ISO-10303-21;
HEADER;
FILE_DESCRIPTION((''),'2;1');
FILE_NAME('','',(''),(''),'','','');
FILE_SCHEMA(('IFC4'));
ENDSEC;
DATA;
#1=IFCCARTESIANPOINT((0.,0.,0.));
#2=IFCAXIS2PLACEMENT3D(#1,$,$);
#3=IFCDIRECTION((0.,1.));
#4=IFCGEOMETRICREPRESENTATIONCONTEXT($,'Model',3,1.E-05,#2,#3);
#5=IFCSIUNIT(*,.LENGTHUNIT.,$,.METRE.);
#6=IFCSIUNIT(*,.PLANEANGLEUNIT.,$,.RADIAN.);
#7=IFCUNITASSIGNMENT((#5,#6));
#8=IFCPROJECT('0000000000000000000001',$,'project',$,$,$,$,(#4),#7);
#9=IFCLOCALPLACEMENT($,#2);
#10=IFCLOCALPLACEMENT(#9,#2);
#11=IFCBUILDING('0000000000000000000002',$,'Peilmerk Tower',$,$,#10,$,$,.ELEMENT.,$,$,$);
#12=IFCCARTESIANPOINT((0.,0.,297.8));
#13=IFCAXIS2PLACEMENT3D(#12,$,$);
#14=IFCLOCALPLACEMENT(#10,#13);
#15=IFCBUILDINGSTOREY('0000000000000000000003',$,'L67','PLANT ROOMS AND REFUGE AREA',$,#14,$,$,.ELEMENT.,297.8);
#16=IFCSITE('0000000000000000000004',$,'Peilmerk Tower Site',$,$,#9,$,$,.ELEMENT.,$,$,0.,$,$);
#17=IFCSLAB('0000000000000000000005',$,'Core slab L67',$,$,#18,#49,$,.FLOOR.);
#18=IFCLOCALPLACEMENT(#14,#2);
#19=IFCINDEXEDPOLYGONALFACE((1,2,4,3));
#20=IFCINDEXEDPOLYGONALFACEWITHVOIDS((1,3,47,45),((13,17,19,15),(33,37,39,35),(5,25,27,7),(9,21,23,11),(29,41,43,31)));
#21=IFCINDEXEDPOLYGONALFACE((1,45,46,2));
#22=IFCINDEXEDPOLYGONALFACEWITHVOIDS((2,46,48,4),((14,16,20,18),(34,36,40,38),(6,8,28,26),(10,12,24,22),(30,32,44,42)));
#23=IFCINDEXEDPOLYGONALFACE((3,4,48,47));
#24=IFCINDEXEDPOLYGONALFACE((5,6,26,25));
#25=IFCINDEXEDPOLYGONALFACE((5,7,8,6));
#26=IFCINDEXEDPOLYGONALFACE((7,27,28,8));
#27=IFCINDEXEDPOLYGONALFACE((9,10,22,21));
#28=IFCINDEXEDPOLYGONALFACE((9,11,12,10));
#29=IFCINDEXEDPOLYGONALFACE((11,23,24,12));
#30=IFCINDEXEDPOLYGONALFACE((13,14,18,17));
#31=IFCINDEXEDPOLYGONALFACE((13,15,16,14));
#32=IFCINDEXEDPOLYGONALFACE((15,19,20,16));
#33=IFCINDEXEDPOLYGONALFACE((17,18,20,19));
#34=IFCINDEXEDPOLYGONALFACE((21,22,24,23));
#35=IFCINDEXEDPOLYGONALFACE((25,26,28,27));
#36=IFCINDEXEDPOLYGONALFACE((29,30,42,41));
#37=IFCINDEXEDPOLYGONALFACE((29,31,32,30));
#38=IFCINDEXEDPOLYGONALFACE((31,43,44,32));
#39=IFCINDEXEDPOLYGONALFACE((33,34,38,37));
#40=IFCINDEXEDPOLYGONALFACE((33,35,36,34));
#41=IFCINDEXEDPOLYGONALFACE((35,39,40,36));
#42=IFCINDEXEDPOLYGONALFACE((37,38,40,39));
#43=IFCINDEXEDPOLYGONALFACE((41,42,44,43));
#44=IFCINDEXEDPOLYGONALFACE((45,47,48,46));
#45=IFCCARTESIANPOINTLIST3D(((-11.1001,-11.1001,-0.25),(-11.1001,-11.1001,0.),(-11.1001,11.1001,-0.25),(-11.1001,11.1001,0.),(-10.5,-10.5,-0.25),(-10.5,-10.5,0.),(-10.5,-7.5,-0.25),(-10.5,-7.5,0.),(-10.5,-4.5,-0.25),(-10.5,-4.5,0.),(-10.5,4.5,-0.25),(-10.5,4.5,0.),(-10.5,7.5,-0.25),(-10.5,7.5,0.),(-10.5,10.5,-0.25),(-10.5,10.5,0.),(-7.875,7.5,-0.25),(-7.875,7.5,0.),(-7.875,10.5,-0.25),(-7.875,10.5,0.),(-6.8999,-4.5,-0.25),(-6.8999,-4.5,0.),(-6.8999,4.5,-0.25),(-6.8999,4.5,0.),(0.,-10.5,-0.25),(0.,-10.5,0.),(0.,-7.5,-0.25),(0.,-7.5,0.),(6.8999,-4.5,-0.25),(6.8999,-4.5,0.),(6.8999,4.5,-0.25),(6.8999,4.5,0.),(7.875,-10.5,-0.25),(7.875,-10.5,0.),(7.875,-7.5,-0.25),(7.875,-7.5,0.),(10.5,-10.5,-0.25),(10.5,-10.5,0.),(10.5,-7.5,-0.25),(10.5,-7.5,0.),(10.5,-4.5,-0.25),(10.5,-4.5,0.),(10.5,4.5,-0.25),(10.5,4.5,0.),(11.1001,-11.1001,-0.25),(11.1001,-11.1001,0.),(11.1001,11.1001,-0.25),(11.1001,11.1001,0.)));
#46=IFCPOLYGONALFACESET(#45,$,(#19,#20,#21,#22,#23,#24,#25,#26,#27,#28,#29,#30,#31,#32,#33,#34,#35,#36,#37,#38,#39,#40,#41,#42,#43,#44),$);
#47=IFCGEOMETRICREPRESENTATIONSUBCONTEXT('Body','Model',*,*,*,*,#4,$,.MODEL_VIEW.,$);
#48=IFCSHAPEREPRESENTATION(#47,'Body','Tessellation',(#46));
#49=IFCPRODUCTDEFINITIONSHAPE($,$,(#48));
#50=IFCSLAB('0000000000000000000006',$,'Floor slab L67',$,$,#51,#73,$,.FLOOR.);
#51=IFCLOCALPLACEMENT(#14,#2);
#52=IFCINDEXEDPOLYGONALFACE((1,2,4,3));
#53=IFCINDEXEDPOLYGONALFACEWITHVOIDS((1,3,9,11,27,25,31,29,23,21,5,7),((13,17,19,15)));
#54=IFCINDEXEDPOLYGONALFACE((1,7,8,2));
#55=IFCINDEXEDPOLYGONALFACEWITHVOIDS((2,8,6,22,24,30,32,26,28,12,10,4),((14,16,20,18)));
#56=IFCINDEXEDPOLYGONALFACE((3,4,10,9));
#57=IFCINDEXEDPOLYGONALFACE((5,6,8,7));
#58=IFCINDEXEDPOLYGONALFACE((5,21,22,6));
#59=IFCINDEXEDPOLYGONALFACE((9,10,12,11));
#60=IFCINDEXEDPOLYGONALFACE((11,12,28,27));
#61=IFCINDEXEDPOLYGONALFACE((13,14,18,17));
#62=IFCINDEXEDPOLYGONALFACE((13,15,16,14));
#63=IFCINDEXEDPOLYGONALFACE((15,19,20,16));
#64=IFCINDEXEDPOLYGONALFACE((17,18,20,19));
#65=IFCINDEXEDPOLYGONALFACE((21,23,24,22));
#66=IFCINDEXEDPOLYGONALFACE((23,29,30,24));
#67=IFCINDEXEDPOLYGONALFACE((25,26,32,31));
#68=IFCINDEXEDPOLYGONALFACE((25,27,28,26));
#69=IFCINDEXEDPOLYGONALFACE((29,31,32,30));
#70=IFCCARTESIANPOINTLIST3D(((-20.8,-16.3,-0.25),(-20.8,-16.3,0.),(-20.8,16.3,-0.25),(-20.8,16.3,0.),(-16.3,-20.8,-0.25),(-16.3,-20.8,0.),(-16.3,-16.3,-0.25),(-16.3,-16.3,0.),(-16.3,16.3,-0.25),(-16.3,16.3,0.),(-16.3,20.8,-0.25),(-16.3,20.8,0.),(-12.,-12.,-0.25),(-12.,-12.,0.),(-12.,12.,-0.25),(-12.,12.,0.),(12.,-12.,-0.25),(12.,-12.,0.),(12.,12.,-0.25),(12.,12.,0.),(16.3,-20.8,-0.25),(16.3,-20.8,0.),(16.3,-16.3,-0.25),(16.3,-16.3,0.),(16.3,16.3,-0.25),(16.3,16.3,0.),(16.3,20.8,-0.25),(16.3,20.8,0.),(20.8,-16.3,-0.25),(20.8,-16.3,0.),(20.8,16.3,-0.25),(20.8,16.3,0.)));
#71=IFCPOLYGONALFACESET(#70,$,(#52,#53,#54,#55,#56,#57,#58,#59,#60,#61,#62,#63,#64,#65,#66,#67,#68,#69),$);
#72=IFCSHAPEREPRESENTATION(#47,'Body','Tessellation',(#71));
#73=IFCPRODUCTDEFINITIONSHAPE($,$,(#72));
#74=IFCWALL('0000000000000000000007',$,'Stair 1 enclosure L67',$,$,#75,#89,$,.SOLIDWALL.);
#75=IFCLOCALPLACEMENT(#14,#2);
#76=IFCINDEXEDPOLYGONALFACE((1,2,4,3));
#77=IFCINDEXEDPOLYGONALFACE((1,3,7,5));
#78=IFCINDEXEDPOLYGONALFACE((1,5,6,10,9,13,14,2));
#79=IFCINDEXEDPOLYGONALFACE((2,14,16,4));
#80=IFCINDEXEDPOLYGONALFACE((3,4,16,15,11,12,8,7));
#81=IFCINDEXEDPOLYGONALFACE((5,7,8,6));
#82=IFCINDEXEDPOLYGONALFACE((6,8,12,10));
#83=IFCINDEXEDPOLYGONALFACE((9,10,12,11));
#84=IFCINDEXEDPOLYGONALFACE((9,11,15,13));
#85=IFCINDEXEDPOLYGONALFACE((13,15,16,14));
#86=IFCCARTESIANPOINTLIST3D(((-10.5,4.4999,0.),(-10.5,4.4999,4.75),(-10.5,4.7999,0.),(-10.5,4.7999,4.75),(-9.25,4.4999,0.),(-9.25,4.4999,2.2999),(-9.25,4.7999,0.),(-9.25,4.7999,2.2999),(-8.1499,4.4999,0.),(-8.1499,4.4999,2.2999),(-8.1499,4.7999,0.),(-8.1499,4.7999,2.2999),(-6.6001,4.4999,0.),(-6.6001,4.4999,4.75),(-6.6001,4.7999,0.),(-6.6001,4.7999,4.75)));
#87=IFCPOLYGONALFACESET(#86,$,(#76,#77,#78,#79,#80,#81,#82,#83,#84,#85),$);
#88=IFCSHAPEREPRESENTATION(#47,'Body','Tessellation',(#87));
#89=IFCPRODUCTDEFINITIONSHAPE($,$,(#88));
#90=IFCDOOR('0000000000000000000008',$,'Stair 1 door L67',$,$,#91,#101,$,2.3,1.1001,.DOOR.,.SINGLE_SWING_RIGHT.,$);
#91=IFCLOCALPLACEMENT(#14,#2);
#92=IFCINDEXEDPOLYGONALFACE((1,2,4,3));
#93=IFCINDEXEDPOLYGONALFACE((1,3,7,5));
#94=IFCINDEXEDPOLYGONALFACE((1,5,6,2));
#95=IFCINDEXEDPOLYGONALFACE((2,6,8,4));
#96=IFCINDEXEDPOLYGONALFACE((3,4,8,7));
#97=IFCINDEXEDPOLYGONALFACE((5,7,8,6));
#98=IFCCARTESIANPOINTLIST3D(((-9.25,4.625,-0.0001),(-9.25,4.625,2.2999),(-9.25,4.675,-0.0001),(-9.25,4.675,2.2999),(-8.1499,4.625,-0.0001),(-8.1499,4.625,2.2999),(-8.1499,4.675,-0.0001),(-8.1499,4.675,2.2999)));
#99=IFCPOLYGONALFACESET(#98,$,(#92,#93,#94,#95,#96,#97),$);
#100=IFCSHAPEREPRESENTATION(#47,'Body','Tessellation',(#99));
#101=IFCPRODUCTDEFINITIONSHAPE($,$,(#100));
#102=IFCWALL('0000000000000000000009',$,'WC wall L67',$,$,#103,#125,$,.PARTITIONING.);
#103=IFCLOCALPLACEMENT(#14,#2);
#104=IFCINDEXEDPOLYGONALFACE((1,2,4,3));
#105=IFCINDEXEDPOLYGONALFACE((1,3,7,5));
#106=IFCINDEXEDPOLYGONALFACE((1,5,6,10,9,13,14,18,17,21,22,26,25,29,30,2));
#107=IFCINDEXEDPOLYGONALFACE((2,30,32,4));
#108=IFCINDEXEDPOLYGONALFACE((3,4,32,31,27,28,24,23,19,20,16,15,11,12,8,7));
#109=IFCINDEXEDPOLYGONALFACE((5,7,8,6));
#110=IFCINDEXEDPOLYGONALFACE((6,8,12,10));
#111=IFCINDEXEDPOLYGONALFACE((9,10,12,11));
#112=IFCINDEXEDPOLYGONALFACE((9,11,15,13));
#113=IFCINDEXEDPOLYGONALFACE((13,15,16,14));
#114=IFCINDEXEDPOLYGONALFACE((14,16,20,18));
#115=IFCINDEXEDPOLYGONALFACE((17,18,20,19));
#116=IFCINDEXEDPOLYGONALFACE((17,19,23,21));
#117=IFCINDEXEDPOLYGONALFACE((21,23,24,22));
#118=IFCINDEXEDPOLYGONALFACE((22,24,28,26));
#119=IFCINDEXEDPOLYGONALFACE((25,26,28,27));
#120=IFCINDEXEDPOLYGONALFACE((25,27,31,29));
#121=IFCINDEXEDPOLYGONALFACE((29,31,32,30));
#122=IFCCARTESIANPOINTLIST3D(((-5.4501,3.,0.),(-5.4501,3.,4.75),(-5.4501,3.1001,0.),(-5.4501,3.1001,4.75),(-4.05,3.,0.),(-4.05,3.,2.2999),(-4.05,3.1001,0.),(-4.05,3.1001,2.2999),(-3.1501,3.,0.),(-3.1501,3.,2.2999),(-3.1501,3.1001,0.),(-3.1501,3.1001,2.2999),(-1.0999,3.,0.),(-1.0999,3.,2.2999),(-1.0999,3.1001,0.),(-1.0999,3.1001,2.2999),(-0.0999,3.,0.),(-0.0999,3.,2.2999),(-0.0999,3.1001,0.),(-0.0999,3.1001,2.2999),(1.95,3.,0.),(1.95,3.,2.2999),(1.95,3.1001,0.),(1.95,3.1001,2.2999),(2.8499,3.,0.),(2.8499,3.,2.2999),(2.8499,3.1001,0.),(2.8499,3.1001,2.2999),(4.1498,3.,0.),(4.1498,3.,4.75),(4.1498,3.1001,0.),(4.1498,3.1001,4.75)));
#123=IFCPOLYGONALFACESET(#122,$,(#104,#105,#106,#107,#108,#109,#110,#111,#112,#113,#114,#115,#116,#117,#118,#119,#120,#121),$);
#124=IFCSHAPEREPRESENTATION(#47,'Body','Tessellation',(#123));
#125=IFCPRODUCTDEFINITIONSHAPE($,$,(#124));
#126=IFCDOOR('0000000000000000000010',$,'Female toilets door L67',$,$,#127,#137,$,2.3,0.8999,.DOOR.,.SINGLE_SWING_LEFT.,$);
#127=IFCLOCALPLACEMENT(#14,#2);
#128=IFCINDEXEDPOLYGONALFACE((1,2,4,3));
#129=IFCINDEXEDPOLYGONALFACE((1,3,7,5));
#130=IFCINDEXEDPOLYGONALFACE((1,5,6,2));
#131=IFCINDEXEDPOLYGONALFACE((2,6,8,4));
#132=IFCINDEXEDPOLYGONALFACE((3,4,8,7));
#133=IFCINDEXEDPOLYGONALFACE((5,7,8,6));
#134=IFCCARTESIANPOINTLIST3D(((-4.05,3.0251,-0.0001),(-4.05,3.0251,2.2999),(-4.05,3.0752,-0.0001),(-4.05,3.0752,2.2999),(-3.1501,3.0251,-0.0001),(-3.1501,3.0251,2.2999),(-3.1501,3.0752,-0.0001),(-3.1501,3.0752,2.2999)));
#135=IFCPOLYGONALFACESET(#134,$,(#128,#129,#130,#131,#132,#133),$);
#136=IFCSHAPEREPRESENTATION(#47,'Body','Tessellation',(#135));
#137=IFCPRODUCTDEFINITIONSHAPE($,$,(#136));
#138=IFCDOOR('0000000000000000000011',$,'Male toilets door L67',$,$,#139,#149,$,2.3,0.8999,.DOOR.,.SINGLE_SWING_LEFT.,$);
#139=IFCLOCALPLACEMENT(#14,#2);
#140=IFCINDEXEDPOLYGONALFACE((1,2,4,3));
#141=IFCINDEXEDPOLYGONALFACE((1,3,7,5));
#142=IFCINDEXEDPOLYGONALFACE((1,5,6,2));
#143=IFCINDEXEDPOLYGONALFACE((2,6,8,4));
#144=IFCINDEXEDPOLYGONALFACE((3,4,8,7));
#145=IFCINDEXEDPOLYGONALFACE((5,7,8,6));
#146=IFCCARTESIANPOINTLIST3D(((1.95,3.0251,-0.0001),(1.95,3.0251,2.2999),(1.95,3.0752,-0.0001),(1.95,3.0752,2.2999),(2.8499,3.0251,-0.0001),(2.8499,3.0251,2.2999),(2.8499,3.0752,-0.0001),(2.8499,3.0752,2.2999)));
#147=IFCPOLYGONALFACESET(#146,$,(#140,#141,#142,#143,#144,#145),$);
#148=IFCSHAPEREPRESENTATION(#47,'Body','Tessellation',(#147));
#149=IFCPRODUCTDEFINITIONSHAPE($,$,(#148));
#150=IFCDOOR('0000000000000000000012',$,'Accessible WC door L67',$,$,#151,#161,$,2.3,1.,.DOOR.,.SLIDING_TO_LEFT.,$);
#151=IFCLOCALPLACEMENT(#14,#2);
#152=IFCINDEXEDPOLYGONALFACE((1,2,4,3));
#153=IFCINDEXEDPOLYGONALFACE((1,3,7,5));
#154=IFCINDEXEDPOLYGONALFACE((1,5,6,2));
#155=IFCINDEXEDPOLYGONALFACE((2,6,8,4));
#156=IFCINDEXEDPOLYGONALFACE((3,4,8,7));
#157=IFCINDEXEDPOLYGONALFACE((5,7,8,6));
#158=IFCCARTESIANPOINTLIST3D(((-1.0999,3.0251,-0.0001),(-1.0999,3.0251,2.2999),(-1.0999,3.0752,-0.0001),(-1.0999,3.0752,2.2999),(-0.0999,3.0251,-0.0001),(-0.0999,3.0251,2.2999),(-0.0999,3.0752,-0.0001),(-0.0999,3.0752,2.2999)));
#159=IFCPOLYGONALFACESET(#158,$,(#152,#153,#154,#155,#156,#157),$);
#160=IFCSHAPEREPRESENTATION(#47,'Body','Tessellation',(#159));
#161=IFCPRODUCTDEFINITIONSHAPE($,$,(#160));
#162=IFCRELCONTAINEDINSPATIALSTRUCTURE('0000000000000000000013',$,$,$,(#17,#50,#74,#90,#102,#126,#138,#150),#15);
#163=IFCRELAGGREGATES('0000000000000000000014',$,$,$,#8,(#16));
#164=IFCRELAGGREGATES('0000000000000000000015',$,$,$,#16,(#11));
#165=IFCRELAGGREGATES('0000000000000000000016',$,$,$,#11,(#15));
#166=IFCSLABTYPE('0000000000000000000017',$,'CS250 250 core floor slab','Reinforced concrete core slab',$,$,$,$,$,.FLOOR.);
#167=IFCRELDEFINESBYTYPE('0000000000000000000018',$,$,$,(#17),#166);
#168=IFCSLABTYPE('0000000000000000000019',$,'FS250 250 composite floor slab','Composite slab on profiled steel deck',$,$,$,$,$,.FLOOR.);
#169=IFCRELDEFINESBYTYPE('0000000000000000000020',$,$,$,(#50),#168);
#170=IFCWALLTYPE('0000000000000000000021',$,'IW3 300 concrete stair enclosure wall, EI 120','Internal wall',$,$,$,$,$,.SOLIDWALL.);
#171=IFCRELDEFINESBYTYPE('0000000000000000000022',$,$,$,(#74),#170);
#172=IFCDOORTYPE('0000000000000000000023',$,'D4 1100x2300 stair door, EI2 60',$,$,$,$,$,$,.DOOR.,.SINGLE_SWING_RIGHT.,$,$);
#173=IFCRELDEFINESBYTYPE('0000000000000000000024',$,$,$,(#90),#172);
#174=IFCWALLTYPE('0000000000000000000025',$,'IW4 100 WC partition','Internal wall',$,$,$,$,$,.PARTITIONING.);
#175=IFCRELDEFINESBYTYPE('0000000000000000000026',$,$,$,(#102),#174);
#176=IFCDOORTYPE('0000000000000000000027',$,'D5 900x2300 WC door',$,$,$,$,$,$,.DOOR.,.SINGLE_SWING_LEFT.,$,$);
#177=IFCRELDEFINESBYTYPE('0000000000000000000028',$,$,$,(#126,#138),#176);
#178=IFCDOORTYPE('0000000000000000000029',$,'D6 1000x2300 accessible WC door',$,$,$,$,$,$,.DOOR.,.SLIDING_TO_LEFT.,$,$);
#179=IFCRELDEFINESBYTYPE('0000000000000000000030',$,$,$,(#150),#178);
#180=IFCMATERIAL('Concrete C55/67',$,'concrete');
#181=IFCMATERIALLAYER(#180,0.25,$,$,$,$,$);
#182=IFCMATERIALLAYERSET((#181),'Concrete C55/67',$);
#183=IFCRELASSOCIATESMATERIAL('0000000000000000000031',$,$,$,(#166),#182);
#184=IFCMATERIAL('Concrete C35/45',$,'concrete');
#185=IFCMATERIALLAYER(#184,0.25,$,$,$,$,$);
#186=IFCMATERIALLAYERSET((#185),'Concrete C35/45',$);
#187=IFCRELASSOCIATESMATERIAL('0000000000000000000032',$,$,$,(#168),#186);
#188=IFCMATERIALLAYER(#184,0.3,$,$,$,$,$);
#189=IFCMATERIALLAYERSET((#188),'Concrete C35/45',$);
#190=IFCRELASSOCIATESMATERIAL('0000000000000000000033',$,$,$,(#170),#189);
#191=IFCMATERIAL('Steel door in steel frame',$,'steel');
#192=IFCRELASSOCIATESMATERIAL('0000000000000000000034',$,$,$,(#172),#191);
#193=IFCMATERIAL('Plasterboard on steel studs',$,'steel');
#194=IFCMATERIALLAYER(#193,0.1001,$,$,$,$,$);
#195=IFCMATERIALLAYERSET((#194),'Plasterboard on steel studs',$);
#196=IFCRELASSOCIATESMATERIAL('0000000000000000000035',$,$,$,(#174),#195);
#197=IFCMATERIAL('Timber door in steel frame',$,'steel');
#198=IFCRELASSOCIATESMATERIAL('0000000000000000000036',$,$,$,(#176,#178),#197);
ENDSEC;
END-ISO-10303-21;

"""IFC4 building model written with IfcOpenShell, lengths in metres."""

from ifc_helpers import new_model, si_unit, direction, frame, frame_2d, origin, place, context, subcontext, project, spatial, polyline, rectangle, outline, extrude, material, layer, layer_set, type_object, element, fill, save


model = new_model("IFC4")

# Units and contexts
model_context = context("Model", 3, precision=1e-05, world=origin(), true_north=direction((0.0, 1.0)))
body_context = subcontext(model_context, "Body", "Model", "MODEL_VIEW")
ifc_project = project(units=[si_unit("LENGTHUNIT", "METRE"), si_unit("PLANEANGLEUNIT", "RADIAN")], contexts=[model_context])

# Site, building, storey
site_placement = place(None, origin())
site = spatial("IfcSite", under=ifc_project, at=site_placement, Name="Peilmerk Tower Site", CompositionType="ELEMENT", RefElevation=0.0)
building_placement = place(site_placement, origin())
building = spatial("IfcBuilding", under=site, at=building_placement, Name="Peilmerk Tower", CompositionType="ELEMENT")
storey_placement = place(building_placement, frame((0.0, 0.0, 297.8)))
storey = spatial("IfcBuildingStorey", under=building, at=storey_placement, Name="L67", Description="PLANT ROOMS AND REFUGE AREA", CompositionType="ELEMENT", Elevation=297.8)

# Slabs
ifc_material_1 = material(Name="Concrete C55/67", Category="concrete")
ifc_layer_1 = layer(ifc_material_1, 0.25)
ifc_layer_set_1 = layer_set([ifc_layer_1], Name="Concrete C55/67")
slab_type_1 = type_object("IfcSlabType", Name="CS250 250 core floor slab", Description="Reinforced concrete core slab", PredefinedType="FLOOR", material=ifc_layer_set_1)
slab_1_placement = place(storey_placement, frame((0.0, 0.0, -0.25)))
element("IfcSlab", 1, at=slab_1_placement, inside=storey, type_object=slab_type_1, Name="Core slab L67", PredefinedType="FLOOR", context=body_context, shape_type="SweptSolid", body=[
    extrude(outline(polyline([(11.1001, -11.1001), (11.1001, 11.1001), (-11.1001, 11.1001), (-11.1001, -11.1001), (11.1001, -11.1001)]), holes=[polyline([(-7.875, 7.5), (-10.5, 7.5), (-10.5, 10.5), (-7.875, 10.5), (-7.875, 7.5)]), polyline([(0.0, -10.5), (-10.5, -10.5), (-10.5, -7.5), (0.0, -7.5), (0.0, -10.5)]), polyline([(7.875, -10.5), (7.875, -7.5), (10.5, -7.5), (10.5, -10.5), (7.875, -10.5)]), polyline([(-10.5, 4.5), (-6.8999, 4.5), (-6.8999, -4.5), (-10.5, -4.5), (-10.5, 4.5)]), polyline([(10.5, 4.5), (10.5, -4.5), (6.8999, -4.5), (6.8999, 4.5), (10.5, 4.5)])]), origin(), (0.0, 0.0, 1.0), 0.25),
])
ifc_material_2 = material(Name="Concrete C35/45", Category="concrete")
ifc_layer_2 = layer(ifc_material_2, 0.25)
ifc_layer_set_2 = layer_set([ifc_layer_2], Name="Concrete C35/45")
slab_type_2 = type_object("IfcSlabType", Name="FS250 250 composite floor slab", Description="Composite slab on profiled steel deck", PredefinedType="FLOOR", material=ifc_layer_set_2)
slab_2_placement = place(storey_placement, frame((0.0, 0.0, -0.25)))
element("IfcSlab", 2, at=slab_2_placement, inside=storey, type_object=slab_type_2, Name="Floor slab L67", PredefinedType="FLOOR", context=body_context, shape_type="SweptSolid", body=[
    extrude(outline(polyline([(-16.3, -20.8), (16.3, -20.8), (16.3, -16.3), (20.8, -16.3), (20.8, 16.3), (16.3, 16.3), (16.3, 20.8), (-16.3, 20.8), (-16.3, 16.3), (-20.8, 16.3), (-20.8, -16.3), (-16.3, -16.3), (-16.3, -20.8)]), holes=[polyline([(12.0, 12.0), (12.0, -12.0), (-12.0, -12.0), (-12.0, 12.0), (12.0, 12.0)])]), origin(), (0.0, 0.0, 1.0), 0.25),
])

# Wall, opening, door
ifc_layer_3 = layer(ifc_material_2, 0.3)
ifc_layer_set_3 = layer_set([ifc_layer_3], Name="Concrete C35/45")
wall_type_1 = type_object("IfcWallType", Name="IW3 300 concrete stair enclosure wall, EI 120", Description="Internal wall", PredefinedType="SOLIDWALL", material=ifc_layer_set_3)
wall_1_placement = place(storey_placement, frame((-10.5, 4.6499, 0.0), z_axis=(0.0, 0.0, 1.0), x_axis=(1.0, 0.0, 0.0)))
wall_1 = element("IfcWall", 3, at=wall_1_placement, inside=storey, type_object=wall_type_1, Name="Stair 1 enclosure L67", PredefinedType="SOLIDWALL", context=body_context, shape_type="SweptSolid", body=[
    extrude(rectangle(XDim=3.8999, YDim=0.3, at=frame_2d((1.95, 0.0))), origin(), (0.0, 0.0, 1.0), 4.75),
])
opening_1_placement = place(wall_1_placement, frame((1.25, 0.0, 0.0)))
opening_1 = element("IfcOpeningElement", 4, at=opening_1_placement, cuts=wall_1, PredefinedType="OPENING", context=body_context, shape_type="SweptSolid", body=[
    extrude(rectangle(XDim=1.1001, YDim=2.3, at=frame_2d((0.55, 1.1499))), frame((0.0, 0.1599, 0.0), z_axis=(0.0, -1.0, 0.0), x_axis=(1.0, 0.0, 0.0)), (0.0, 0.0, 1.0), 0.3201),
])
ifc_material_3 = material(Name="Steel door in steel frame", Category="steel")
door_type_1 = type_object("IfcDoorType", Name="D4 1100x2300 stair door, EI2 60", OperationType="SINGLE_SWING_RIGHT", PredefinedType="DOOR", material=ifc_material_3)
door_1_placement = place(opening_1_placement, frame((1.1001, 0.0, 0.0), z_axis=(0.0, 0.0, 1.0), x_axis=(-1.0, 0.0, 0.0)))
door_1 = element("IfcDoor", 5, at=door_1_placement, inside=storey, type_object=door_type_1, Name="Stair 1 door L67", OperationType="SINGLE_SWING_RIGHT", OverallHeight=2.3, OverallWidth=1.1001, PredefinedType="DOOR", context=body_context, shape_type="SweptSolid", body=[
    extrude(rectangle(XDim=1.1001, YDim=2.3, at=frame_2d((0.55, 1.1499))), frame((0.0, 0.0249, 0.0), z_axis=(0.0, -1.0, 0.0), x_axis=(1.0, 0.0, 0.0)), (0.0, 0.0, 1.0), 0.05),
])
fill(opening_1, door_1)

# Wall, openings, doors
ifc_material_4 = material(Name="Plasterboard on steel studs", Category="steel")
ifc_layer_4 = layer(ifc_material_4, 0.1001)
ifc_layer_set_4 = layer_set([ifc_layer_4], Name="Plasterboard on steel studs")
wall_type_2 = type_object("IfcWallType", Name="IW4 100 WC partition", Description="Internal wall", PredefinedType="PARTITIONING", material=ifc_layer_set_4)
wall_2_placement = place(storey_placement, frame((-5.45, 3.05, 0.0), z_axis=(0.0, 0.0, 1.0), x_axis=(1.0, 0.0, 0.0)))
wall_2 = element("IfcWall", 6, at=wall_2_placement, inside=storey, type_object=wall_type_2, Name="WC wall L67", PredefinedType="PARTITIONING", context=body_context, shape_type="SweptSolid", body=[
    extrude(rectangle(XDim=9.5999, YDim=0.1001, at=frame_2d((4.7998, 0.0))), origin(), (0.0, 0.0, 1.0), 4.75),
])
opening_2_placement = place(wall_2_placement, frame((1.3999, 0.0, 0.0)))
opening_2 = element("IfcOpeningElement", 7, at=opening_2_placement, cuts=wall_2, PredefinedType="OPENING", context=body_context, shape_type="SweptSolid", body=[
    extrude(rectangle(XDim=0.8999, YDim=2.3, at=frame_2d((0.45, 1.1499))), frame((0.0, 0.0601, 0.0), z_axis=(0.0, -1.0, 0.0), x_axis=(1.0, 0.0, 0.0)), (0.0, 0.0, 1.0), 0.1201),
])
opening_3_placement = place(wall_2_placement, frame((4.3501, 0.0, 0.0)))
opening_3 = element("IfcOpeningElement", 8, at=opening_3_placement, cuts=wall_2, PredefinedType="OPENING", context=body_context, shape_type="SweptSolid", body=[
    extrude(rectangle(XDim=1.0, YDim=2.3, at=frame_2d((0.5, 1.1499))), frame((0.0, 0.0601, 0.0), z_axis=(0.0, -1.0, 0.0), x_axis=(1.0, 0.0, 0.0)), (0.0, 0.0, 1.0), 0.1201),
])
opening_4_placement = place(wall_2_placement, frame((7.3999, 0.0, 0.0)))
opening_4 = element("IfcOpeningElement", 9, at=opening_4_placement, cuts=wall_2, PredefinedType="OPENING", context=body_context, shape_type="SweptSolid", body=[
    extrude(rectangle(XDim=0.8999, YDim=2.3, at=frame_2d((0.45, 1.1499))), frame((0.0, 0.0601, 0.0), z_axis=(0.0, -1.0, 0.0), x_axis=(1.0, 0.0, 0.0)), (0.0, 0.0, 1.0), 0.1201),
])
ifc_material_5 = material(Name="Timber door in steel frame", Category="steel")
door_type_2 = type_object("IfcDoorType", Name="D5 900x2300 WC door", OperationType="SINGLE_SWING_LEFT", PredefinedType="DOOR", material=ifc_material_5)
door_2_placement = place(opening_2_placement, frame((0.8999, 0.0, 0.0), z_axis=(0.0, 0.0, 1.0), x_axis=(-1.0, 0.0, 0.0)))
door_2 = element("IfcDoor", 10, at=door_2_placement, inside=storey, type_object=door_type_2, Name="Female toilets door L67", OperationType="SINGLE_SWING_LEFT", OverallHeight=2.3, OverallWidth=0.8999, PredefinedType="DOOR", context=body_context, shape_type="SweptSolid", body=[
    extrude(rectangle(XDim=0.8999, YDim=2.3, at=frame_2d((0.45, 1.1499))), frame((0.0, 0.0249, 0.0), z_axis=(0.0, -1.0, 0.0), x_axis=(1.0, 0.0, 0.0)), (0.0, 0.0, 1.0), 0.05),
])
fill(opening_2, door_2)
door_3_placement = place(opening_4_placement, frame((0.8999, 0.0, 0.0), z_axis=(0.0, 0.0, 1.0), x_axis=(-1.0, 0.0, 0.0)))
door_3 = element("IfcDoor", 11, at=door_3_placement, inside=storey, type_object=door_type_2, Name="Male toilets door L67", OperationType="SINGLE_SWING_LEFT", OverallHeight=2.3, OverallWidth=0.8999, PredefinedType="DOOR", context=body_context, shape_type="SweptSolid", body=[
    extrude(rectangle(XDim=0.8999, YDim=2.3, at=frame_2d((0.45, 1.1499))), frame((0.0, 0.0249, 0.0), z_axis=(0.0, -1.0, 0.0), x_axis=(1.0, 0.0, 0.0)), (0.0, 0.0, 1.0), 0.05),
])
fill(opening_4, door_3)
door_type_3 = type_object("IfcDoorType", Name="D6 1000x2300 accessible WC door", OperationType="SLIDING_TO_LEFT", PredefinedType="DOOR", material=ifc_material_5)
door_4_placement = place(opening_3_placement, frame((1.0, 0.0, 0.0), z_axis=(0.0, 0.0, 1.0), x_axis=(-1.0, 0.0, 0.0)))
door_4 = element("IfcDoor", 12, at=door_4_placement, inside=storey, type_object=door_type_3, Name="Accessible WC door L67", OperationType="SLIDING_TO_LEFT", OverallHeight=2.3, OverallWidth=1.0, PredefinedType="DOOR", context=body_context, shape_type="SweptSolid", body=[
    extrude(rectangle(XDim=1.0, YDim=2.3, at=frame_2d((0.5, 1.1499))), frame((0.0, 0.0249, 0.0), z_axis=(0.0, -1.0, 0.0), x_axis=(1.0, 0.0, 0.0)), (0.0, 0.0, 1.0), 0.05),
])
fill(opening_3, door_4)

save(model, "model.ifc")
